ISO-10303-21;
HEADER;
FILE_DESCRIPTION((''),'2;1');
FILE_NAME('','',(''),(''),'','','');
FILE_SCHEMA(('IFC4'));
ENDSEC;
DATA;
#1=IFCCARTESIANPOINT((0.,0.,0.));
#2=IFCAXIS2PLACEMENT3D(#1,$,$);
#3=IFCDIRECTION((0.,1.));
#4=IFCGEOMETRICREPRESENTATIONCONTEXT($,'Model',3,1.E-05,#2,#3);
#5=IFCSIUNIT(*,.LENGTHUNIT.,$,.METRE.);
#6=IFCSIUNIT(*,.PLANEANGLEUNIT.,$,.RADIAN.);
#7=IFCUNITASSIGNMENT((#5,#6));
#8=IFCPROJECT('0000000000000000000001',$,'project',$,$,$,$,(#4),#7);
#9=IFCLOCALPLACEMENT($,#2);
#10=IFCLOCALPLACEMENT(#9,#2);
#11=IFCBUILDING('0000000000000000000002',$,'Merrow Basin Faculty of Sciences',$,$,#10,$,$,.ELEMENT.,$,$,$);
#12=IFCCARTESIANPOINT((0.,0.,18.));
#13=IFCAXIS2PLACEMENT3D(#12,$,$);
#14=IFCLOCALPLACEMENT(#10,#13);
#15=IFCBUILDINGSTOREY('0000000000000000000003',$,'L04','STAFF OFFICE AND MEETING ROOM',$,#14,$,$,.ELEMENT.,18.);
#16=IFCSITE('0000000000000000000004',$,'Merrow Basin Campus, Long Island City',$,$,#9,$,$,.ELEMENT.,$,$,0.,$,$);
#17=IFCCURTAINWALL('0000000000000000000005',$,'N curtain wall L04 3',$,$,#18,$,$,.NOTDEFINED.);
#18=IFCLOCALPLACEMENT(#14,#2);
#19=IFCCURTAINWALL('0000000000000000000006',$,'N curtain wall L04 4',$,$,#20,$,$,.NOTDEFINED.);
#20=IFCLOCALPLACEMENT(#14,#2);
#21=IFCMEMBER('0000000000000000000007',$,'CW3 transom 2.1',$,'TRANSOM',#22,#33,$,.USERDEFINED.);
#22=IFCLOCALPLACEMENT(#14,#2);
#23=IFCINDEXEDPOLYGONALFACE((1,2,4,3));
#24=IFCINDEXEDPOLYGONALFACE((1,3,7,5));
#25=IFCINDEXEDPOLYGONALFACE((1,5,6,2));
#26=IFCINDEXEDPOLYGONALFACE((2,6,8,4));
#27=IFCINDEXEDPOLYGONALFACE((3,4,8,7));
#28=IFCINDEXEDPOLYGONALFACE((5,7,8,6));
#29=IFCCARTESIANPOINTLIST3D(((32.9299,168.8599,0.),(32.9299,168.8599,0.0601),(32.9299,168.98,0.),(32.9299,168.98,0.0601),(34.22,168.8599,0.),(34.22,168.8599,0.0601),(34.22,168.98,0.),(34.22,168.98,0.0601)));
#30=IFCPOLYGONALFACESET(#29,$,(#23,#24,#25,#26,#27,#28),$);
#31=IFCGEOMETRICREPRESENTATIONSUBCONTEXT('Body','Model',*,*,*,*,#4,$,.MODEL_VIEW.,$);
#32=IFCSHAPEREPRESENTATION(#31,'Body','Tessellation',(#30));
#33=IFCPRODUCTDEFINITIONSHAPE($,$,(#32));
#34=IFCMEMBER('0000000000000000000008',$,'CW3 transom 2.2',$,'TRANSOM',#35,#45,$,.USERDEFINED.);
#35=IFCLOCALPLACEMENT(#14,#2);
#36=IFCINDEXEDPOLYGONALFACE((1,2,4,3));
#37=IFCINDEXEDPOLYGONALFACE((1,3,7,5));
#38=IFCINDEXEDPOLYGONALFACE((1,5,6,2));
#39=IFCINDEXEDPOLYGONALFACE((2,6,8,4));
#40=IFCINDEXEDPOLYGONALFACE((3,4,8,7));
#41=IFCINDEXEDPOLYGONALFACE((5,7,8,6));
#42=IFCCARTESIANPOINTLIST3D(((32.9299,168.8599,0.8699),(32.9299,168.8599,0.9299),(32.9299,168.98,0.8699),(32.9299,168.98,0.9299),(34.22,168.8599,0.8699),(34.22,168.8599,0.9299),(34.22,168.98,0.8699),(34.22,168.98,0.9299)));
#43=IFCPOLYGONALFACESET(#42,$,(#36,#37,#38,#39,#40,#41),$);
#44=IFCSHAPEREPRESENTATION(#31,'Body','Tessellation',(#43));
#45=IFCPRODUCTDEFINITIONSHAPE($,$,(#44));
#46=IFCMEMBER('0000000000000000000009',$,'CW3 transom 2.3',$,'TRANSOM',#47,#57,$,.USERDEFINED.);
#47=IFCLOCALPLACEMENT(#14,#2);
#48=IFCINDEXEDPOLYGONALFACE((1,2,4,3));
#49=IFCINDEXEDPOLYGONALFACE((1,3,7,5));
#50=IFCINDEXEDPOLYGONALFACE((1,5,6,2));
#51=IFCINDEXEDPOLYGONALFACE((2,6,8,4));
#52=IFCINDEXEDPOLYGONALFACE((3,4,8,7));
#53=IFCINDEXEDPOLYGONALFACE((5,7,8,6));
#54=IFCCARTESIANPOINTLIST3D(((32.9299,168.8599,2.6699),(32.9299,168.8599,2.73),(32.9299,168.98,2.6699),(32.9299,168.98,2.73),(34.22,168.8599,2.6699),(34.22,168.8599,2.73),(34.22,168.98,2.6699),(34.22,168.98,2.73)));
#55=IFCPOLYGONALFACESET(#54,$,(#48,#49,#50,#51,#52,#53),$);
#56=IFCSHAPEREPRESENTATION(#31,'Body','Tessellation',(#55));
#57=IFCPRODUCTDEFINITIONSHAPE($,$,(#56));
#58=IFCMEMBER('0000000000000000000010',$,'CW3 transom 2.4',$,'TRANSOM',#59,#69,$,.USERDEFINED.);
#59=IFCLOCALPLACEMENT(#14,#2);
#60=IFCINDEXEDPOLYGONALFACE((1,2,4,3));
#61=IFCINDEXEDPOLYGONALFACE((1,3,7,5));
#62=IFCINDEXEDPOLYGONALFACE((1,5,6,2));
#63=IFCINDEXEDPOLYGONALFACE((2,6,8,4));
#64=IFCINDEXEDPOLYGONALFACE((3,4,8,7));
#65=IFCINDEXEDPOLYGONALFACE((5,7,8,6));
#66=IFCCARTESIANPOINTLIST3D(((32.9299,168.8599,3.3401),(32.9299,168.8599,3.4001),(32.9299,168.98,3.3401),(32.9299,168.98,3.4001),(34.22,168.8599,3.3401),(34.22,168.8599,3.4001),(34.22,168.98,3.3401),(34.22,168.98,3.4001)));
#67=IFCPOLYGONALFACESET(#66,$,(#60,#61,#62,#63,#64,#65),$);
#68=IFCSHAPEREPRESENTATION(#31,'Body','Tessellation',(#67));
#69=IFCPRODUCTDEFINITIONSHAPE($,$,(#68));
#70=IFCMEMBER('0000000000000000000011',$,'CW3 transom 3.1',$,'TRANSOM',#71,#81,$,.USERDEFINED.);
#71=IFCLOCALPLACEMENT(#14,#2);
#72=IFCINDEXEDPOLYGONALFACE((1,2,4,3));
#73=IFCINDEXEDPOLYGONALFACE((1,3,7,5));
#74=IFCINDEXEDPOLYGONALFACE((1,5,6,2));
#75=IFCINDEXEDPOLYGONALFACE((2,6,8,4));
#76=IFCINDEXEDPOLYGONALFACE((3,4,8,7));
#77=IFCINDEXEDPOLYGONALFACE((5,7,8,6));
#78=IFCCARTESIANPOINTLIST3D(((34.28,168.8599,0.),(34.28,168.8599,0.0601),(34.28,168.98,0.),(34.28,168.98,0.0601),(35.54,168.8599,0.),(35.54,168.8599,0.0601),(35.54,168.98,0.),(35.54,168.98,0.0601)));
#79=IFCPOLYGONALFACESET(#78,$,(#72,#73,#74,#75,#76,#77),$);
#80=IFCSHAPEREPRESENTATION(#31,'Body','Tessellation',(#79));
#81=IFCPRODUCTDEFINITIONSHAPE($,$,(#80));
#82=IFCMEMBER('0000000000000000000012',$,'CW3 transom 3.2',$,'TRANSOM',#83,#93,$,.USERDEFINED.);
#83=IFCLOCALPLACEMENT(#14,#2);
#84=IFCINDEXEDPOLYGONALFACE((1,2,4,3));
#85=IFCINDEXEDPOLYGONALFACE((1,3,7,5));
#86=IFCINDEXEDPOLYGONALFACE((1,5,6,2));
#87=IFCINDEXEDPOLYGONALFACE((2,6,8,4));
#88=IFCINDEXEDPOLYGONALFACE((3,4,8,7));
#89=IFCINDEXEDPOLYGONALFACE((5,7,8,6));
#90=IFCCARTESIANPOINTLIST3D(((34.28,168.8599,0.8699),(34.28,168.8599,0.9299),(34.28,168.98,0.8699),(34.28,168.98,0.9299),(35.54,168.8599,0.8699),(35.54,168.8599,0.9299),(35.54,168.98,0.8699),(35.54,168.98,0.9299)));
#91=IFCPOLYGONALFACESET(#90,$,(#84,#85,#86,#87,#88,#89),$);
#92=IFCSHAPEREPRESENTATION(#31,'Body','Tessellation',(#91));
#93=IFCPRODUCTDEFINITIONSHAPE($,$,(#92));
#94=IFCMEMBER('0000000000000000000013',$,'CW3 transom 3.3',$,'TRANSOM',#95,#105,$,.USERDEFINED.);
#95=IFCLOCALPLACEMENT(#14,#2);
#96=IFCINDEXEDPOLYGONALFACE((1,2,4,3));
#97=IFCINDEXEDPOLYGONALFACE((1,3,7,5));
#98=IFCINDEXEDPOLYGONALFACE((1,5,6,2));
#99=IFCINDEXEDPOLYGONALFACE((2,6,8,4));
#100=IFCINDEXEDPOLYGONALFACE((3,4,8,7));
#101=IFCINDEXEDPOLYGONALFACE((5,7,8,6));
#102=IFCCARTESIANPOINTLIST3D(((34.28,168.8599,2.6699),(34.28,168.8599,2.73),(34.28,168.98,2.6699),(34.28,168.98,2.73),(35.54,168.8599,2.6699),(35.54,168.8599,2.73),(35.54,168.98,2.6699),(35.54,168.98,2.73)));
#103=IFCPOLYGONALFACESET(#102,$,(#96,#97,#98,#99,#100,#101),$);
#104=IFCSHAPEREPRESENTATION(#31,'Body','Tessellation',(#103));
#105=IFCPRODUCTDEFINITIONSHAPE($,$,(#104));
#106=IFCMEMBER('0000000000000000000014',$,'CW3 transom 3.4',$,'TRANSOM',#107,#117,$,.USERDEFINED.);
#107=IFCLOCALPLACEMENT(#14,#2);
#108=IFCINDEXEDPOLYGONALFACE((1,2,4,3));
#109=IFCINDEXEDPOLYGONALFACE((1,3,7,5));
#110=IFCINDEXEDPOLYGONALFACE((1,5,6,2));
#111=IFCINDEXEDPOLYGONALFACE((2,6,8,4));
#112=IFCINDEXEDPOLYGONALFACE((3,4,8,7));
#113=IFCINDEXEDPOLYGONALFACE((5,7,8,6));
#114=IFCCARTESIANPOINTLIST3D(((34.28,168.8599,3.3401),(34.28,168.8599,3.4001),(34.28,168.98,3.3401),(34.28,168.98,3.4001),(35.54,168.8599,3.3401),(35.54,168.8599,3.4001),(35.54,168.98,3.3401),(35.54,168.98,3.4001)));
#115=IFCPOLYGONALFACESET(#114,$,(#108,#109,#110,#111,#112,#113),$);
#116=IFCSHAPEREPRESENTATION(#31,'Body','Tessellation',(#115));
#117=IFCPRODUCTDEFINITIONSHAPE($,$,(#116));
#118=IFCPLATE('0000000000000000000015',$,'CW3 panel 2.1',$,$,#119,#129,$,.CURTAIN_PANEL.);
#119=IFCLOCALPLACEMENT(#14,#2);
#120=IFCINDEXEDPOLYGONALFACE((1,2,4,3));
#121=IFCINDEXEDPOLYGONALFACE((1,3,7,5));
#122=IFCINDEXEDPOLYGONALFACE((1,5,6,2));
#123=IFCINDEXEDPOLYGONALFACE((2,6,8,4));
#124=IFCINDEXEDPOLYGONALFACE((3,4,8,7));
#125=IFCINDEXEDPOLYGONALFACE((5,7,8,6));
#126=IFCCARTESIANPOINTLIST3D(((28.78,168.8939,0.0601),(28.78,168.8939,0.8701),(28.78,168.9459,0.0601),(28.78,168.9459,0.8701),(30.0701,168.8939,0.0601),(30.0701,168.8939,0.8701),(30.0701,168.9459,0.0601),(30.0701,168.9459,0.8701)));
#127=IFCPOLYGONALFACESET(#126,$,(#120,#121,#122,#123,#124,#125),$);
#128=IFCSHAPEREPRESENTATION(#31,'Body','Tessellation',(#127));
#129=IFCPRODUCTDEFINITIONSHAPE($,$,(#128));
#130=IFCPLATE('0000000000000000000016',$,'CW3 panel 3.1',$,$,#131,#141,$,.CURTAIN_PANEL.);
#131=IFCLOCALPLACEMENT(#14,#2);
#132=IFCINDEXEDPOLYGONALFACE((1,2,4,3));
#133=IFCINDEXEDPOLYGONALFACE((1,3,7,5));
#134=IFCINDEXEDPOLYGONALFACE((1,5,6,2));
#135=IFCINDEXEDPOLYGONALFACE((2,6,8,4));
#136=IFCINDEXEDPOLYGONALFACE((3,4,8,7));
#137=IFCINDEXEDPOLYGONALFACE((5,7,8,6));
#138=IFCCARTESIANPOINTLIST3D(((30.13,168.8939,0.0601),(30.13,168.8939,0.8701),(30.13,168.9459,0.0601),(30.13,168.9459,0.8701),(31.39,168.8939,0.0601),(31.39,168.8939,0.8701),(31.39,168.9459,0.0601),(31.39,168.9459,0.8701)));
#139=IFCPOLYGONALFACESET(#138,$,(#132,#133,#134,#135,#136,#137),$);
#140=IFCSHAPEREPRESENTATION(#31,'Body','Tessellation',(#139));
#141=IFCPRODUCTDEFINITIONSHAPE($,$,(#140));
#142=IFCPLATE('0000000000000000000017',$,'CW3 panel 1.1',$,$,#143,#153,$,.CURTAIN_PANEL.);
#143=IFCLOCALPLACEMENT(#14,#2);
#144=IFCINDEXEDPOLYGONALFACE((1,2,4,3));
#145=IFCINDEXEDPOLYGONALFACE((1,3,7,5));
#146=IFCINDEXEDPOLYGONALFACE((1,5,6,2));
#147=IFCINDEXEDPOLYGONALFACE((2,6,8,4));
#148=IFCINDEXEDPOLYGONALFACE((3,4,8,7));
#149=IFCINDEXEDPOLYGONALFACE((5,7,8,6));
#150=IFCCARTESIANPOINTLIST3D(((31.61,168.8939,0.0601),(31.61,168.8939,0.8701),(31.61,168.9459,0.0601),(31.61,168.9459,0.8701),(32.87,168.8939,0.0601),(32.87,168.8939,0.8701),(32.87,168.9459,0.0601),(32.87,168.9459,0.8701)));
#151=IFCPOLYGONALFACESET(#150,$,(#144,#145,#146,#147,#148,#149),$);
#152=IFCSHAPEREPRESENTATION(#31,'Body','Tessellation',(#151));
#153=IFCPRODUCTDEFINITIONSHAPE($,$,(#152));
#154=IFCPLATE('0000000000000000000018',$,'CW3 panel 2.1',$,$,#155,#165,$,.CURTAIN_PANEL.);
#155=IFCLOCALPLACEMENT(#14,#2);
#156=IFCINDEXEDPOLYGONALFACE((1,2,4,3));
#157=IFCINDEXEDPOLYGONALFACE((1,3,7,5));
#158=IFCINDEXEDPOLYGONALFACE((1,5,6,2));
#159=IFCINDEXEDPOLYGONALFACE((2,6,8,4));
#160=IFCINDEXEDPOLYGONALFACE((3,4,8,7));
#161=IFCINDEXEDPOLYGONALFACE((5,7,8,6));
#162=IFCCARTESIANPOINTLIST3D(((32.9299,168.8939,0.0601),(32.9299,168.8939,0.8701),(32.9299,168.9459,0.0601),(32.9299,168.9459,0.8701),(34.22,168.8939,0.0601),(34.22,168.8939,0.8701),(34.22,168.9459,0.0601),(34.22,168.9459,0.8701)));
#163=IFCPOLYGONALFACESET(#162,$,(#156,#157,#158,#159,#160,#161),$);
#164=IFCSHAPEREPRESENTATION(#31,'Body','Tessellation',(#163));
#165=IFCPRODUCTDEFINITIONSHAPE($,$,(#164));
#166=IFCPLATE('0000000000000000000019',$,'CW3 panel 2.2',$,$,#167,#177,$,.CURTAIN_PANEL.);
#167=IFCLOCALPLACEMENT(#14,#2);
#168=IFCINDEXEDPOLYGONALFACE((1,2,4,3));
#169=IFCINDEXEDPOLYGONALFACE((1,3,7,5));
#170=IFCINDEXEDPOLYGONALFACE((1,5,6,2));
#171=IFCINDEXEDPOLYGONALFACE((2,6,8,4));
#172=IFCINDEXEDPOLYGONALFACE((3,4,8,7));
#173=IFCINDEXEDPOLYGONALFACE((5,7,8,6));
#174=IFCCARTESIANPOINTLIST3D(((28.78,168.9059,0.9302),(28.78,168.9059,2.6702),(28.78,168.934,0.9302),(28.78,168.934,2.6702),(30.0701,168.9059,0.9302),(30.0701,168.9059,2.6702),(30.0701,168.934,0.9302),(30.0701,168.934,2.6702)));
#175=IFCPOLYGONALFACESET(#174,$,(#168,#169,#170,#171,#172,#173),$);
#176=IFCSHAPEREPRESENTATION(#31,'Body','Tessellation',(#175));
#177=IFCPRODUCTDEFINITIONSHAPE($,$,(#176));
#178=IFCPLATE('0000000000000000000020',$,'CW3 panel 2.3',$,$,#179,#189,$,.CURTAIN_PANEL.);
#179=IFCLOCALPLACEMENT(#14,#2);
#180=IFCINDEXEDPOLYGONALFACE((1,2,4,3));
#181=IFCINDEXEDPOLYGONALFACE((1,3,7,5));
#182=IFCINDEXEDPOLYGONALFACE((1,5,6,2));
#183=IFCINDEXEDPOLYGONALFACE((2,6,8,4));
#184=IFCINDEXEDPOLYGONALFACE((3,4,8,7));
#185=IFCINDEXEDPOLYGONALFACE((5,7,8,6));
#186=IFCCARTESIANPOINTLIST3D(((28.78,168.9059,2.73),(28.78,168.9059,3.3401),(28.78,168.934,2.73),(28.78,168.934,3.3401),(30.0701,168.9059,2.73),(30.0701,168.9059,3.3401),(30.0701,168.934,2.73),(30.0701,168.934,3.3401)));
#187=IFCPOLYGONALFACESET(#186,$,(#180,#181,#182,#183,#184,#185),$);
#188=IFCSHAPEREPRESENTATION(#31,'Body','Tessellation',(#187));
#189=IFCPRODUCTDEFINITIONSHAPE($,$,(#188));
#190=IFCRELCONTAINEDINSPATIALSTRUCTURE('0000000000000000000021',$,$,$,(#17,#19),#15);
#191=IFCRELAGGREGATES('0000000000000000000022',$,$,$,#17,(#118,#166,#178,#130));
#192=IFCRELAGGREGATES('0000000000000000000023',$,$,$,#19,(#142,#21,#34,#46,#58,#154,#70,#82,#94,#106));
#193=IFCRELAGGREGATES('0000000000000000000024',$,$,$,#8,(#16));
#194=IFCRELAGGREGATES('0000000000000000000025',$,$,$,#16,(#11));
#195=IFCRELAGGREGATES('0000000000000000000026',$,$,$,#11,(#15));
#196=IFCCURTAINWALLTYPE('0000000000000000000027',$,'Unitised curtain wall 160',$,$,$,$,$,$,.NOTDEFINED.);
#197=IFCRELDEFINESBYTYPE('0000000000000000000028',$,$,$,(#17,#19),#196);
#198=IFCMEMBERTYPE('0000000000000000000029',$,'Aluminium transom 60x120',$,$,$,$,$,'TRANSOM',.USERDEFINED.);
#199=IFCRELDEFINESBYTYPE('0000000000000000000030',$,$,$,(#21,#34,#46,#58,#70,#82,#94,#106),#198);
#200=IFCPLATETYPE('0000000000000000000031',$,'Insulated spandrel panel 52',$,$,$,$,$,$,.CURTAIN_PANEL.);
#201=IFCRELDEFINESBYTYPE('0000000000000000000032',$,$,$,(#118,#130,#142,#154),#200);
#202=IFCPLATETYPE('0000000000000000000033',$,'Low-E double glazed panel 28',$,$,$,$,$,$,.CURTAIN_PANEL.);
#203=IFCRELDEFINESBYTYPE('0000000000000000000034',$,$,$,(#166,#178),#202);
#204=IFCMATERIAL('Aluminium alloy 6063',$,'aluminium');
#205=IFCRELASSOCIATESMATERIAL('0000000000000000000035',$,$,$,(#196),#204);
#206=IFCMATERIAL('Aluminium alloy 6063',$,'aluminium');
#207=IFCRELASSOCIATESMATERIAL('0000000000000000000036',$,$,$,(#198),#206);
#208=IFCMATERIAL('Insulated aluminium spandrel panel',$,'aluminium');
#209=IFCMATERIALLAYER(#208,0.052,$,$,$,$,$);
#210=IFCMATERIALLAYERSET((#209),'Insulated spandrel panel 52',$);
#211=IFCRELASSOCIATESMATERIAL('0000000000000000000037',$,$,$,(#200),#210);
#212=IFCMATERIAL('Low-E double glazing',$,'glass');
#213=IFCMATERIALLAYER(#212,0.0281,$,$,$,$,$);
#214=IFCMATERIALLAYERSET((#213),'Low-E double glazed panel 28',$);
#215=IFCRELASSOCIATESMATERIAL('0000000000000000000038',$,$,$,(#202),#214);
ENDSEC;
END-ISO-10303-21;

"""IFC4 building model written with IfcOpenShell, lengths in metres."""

from ifc_helpers import new_model, si_unit, direction, frame, origin, origin_2d, place, context, subcontext, project, spatial, rectangle, extrude, material, layer, layer_set, material_profile, profile_set, type_object, element, aggregate, save


model = new_model("IFC4")

# Units and contexts
model_context = context("Model", 3, precision=1e-05, world=origin(), true_north=direction((0.0, 1.0)))
body_context = subcontext(model_context, "Body", "Model", "MODEL_VIEW")
ifc_project = project(units=[si_unit("LENGTHUNIT", "METRE"), si_unit("PLANEANGLEUNIT", "RADIAN")], contexts=[model_context])

# Site, building, storey
site_placement = place(None, origin())
site = spatial("IfcSite", under=ifc_project, at=site_placement, Name="Merrow Basin Campus, Long Island City", CompositionType="ELEMENT", RefElevation=0.0)
building_placement = place(site_placement, origin())
building = spatial("IfcBuilding", under=site, at=building_placement, Name="Merrow Basin Faculty of Sciences", CompositionType="ELEMENT")
storey_placement = place(building_placement, frame((0.0, 0.0, 18.0)))
storey = spatial("IfcBuildingStorey", under=building, at=storey_placement, Name="L04", Description="STAFF OFFICE AND MEETING ROOM", CompositionType="ELEMENT", Elevation=18.0)

# Curtain walls
ifc_material_1 = material(Name="Aluminium alloy 6063", Category="aluminium")
curtain_wall_type = type_object("IfcCurtainWallType", Name="Unitised curtain wall 160", PredefinedType="NOTDEFINED", material=ifc_material_1)
curtain_wall_1_placement = place(storey_placement, origin())
curtain_wall_1 = element("IfcCurtainWall", 1, at=curtain_wall_1_placement, inside=storey, type_object=curtain_wall_type, Name="N curtain wall L04 3", PredefinedType="NOTDEFINED")
curtain_wall_2_placement = place(storey_placement, origin())
curtain_wall_2 = element("IfcCurtainWall", 2, at=curtain_wall_2_placement, inside=storey, type_object=curtain_wall_type, Name="N curtain wall L04 4", PredefinedType="NOTDEFINED")

# Members
ifc_material_2 = material(Name="Aluminium alloy 6063", Category="aluminium")
ifc_material_profile_1 = material_profile(ifc_material_2, rectangle(XDim=0.1201, YDim=0.0601, at=origin_2d()))
ifc_profile_set_1 = profile_set([ifc_material_profile_1], Name="Aluminium alloy 6063")
member_type_1 = type_object("IfcMemberType", Name="Aluminium transom 60x120", ElementType="TRANSOM", PredefinedType="USERDEFINED", material=ifc_profile_set_1)
member_1_placement = place(storey_placement, frame((32.9299, 168.9199, 0.03), z_axis=(1.0, 0.0, 0.0), x_axis=(0.0, 1.0, 0.0)))
member_1 = element("IfcMember", 3, at=member_1_placement, type_object=member_type_1, Name="CW3 transom 2.1", ObjectType="TRANSOM", PredefinedType="USERDEFINED", context=body_context, shape_type="SweptSolid", body=[
    extrude(rectangle(XDim=0.1201, YDim=0.0601, at=origin_2d()), origin(), (0.0, 0.0, 1.0), 1.29),
])
member_2_placement = place(storey_placement, frame((32.9299, 168.9199, 0.8999), z_axis=(1.0, 0.0, 0.0), x_axis=(0.0, 1.0, 0.0)))
member_2 = element("IfcMember", 4, at=member_2_placement, type_object=member_type_1, Name="CW3 transom 2.2", ObjectType="TRANSOM", PredefinedType="USERDEFINED", context=body_context, shape_type="SweptSolid", body=[
    extrude(rectangle(XDim=0.1201, YDim=0.0601, at=origin_2d()), origin(), (0.0, 0.0, 1.0), 1.29),
])
member_3_placement = place(storey_placement, frame((32.9299, 168.9199, 2.7), z_axis=(1.0, 0.0, 0.0), x_axis=(0.0, 1.0, 0.0)))
member_3 = element("IfcMember", 5, at=member_3_placement, type_object=member_type_1, Name="CW3 transom 2.3", ObjectType="TRANSOM", PredefinedType="USERDEFINED", context=body_context, shape_type="SweptSolid", body=[
    extrude(rectangle(XDim=0.1201, YDim=0.0601, at=origin_2d()), origin(), (0.0, 0.0, 1.0), 1.29),
])
member_4_placement = place(storey_placement, frame((32.9299, 168.9199, 3.3701), z_axis=(1.0, 0.0, 0.0), x_axis=(0.0, 1.0, 0.0)))
member_4 = element("IfcMember", 6, at=member_4_placement, type_object=member_type_1, Name="CW3 transom 2.4", ObjectType="TRANSOM", PredefinedType="USERDEFINED", context=body_context, shape_type="SweptSolid", body=[
    extrude(rectangle(XDim=0.1201, YDim=0.0601, at=origin_2d()), origin(), (0.0, 0.0, 1.0), 1.29),
])
member_5_placement = place(storey_placement, frame((34.28, 168.9199, 0.03), z_axis=(1.0, 0.0, 0.0), x_axis=(0.0, 1.0, 0.0)))
member_5 = element("IfcMember", 7, at=member_5_placement, type_object=member_type_1, Name="CW3 transom 3.1", ObjectType="TRANSOM", PredefinedType="USERDEFINED", context=body_context, shape_type="SweptSolid", body=[
    extrude(rectangle(XDim=0.1201, YDim=0.0601, at=origin_2d()), origin(), (0.0, 0.0, 1.0), 1.26),
])
member_6_placement = place(storey_placement, frame((34.28, 168.9199, 0.8999), z_axis=(1.0, 0.0, 0.0), x_axis=(0.0, 1.0, 0.0)))
member_6 = element("IfcMember", 8, at=member_6_placement, type_object=member_type_1, Name="CW3 transom 3.2", ObjectType="TRANSOM", PredefinedType="USERDEFINED", context=body_context, shape_type="SweptSolid", body=[
    extrude(rectangle(XDim=0.1201, YDim=0.0601, at=origin_2d()), origin(), (0.0, 0.0, 1.0), 1.26),
])
member_7_placement = place(storey_placement, frame((34.28, 168.9199, 2.7), z_axis=(1.0, 0.0, 0.0), x_axis=(0.0, 1.0, 0.0)))
member_7 = element("IfcMember", 9, at=member_7_placement, type_object=member_type_1, Name="CW3 transom 3.3", ObjectType="TRANSOM", PredefinedType="USERDEFINED", context=body_context, shape_type="SweptSolid", body=[
    extrude(rectangle(XDim=0.1201, YDim=0.0601, at=origin_2d()), origin(), (0.0, 0.0, 1.0), 1.26),
])
member_8_placement = place(storey_placement, frame((34.28, 168.9199, 3.3701), z_axis=(1.0, 0.0, 0.0), x_axis=(0.0, 1.0, 0.0)))
member_8 = element("IfcMember", 10, at=member_8_placement, type_object=member_type_1, Name="CW3 transom 3.4", ObjectType="TRANSOM", PredefinedType="USERDEFINED", context=body_context, shape_type="SweptSolid", body=[
    extrude(rectangle(XDim=0.1201, YDim=0.0601, at=origin_2d()), origin(), (0.0, 0.0, 1.0), 1.26),
])

# Plates
ifc_material_3 = material(Name="Insulated aluminium spandrel panel", Category="aluminium")
ifc_layer_1 = layer(ifc_material_3, 0.052)
ifc_layer_set_1 = layer_set([ifc_layer_1], Name="Insulated spandrel panel 52")
plate_type_1 = type_object("IfcPlateType", Name="Insulated spandrel panel 52", PredefinedType="CURTAIN_PANEL", material=ifc_layer_set_1)
plate_1_placement = place(storey_placement, frame((29.425, 168.9199, 0.0601), z_axis=(0.0, 0.0, 1.0), x_axis=(1.0, 0.0, 0.0)))
plate_1 = element("IfcPlate", 11, at=plate_1_placement, type_object=plate_type_1, Name="CW3 panel 2.1", PredefinedType="CURTAIN_PANEL", context=body_context, shape_type="SweptSolid", body=[
    extrude(rectangle(XDim=1.29, YDim=0.052, at=origin_2d()), origin(), (0.0, 0.0, 1.0), 0.8101),
])
plate_2_placement = place(storey_placement, frame((30.76, 168.9199, 0.0601), z_axis=(0.0, 0.0, 1.0), x_axis=(1.0, 0.0, 0.0)))
plate_2 = element("IfcPlate", 12, at=plate_2_placement, type_object=plate_type_1, Name="CW3 panel 3.1", PredefinedType="CURTAIN_PANEL", context=body_context, shape_type="SweptSolid", body=[
    extrude(rectangle(XDim=1.26, YDim=0.052, at=origin_2d()), origin(), (0.0, 0.0, 1.0), 0.8101),
])
plate_3_placement = place(storey_placement, frame((32.24, 168.9199, 0.0601), z_axis=(0.0, 0.0, 1.0), x_axis=(1.0, 0.0, 0.0)))
plate_3 = element("IfcPlate", 13, at=plate_3_placement, type_object=plate_type_1, Name="CW3 panel 1.1", PredefinedType="CURTAIN_PANEL", context=body_context, shape_type="SweptSolid", body=[
    extrude(rectangle(XDim=1.26, YDim=0.052, at=origin_2d()), origin(), (0.0, 0.0, 1.0), 0.8101),
])
plate_4_placement = place(storey_placement, frame((33.575, 168.9199, 0.0601), z_axis=(0.0, 0.0, 1.0), x_axis=(1.0, 0.0, 0.0)))
plate_4 = element("IfcPlate", 14, at=plate_4_placement, type_object=plate_type_1, Name="CW3 panel 2.1", PredefinedType="CURTAIN_PANEL", context=body_context, shape_type="SweptSolid", body=[
    extrude(rectangle(XDim=1.29, YDim=0.052, at=origin_2d()), origin(), (0.0, 0.0, 1.0), 0.8101),
])
ifc_material_4 = material(Name="Low-E double glazing", Category="glass")
ifc_layer_2 = layer(ifc_material_4, 0.0281)
ifc_layer_set_2 = layer_set([ifc_layer_2], Name="Low-E double glazed panel 28")
plate_type_2 = type_object("IfcPlateType", Name="Low-E double glazed panel 28", PredefinedType="CURTAIN_PANEL", material=ifc_layer_set_2)
plate_5_placement = place(storey_placement, frame((29.425, 168.9199, 0.9302), z_axis=(0.0, 0.0, 1.0), x_axis=(1.0, 0.0, 0.0)))
plate_5 = element("IfcPlate", 15, at=plate_5_placement, type_object=plate_type_2, Name="CW3 panel 2.2", PredefinedType="CURTAIN_PANEL", context=body_context, shape_type="SweptSolid", body=[
    extrude(rectangle(XDim=1.29, YDim=0.0281, at=origin_2d()), origin(), (0.0, 0.0, 1.0), 1.74),
])
plate_6_placement = place(storey_placement, frame((29.425, 168.9199, 2.73), z_axis=(0.0, 0.0, 1.0), x_axis=(1.0, 0.0, 0.0)))
plate_6 = element("IfcPlate", 16, at=plate_6_placement, type_object=plate_type_2, Name="CW3 panel 2.3", PredefinedType="CURTAIN_PANEL", context=body_context, shape_type="SweptSolid", body=[
    extrude(rectangle(XDim=1.29, YDim=0.0281, at=origin_2d()), origin(), (0.0, 0.0, 1.0), 0.6101),
])
aggregate(curtain_wall_1, [plate_1, plate_5, plate_6, plate_2])
aggregate(curtain_wall_2, [plate_3, member_1, member_2, member_3, member_4, plate_4, member_5, member_6, member_7, member_8])

save(model, "model.ifc")
